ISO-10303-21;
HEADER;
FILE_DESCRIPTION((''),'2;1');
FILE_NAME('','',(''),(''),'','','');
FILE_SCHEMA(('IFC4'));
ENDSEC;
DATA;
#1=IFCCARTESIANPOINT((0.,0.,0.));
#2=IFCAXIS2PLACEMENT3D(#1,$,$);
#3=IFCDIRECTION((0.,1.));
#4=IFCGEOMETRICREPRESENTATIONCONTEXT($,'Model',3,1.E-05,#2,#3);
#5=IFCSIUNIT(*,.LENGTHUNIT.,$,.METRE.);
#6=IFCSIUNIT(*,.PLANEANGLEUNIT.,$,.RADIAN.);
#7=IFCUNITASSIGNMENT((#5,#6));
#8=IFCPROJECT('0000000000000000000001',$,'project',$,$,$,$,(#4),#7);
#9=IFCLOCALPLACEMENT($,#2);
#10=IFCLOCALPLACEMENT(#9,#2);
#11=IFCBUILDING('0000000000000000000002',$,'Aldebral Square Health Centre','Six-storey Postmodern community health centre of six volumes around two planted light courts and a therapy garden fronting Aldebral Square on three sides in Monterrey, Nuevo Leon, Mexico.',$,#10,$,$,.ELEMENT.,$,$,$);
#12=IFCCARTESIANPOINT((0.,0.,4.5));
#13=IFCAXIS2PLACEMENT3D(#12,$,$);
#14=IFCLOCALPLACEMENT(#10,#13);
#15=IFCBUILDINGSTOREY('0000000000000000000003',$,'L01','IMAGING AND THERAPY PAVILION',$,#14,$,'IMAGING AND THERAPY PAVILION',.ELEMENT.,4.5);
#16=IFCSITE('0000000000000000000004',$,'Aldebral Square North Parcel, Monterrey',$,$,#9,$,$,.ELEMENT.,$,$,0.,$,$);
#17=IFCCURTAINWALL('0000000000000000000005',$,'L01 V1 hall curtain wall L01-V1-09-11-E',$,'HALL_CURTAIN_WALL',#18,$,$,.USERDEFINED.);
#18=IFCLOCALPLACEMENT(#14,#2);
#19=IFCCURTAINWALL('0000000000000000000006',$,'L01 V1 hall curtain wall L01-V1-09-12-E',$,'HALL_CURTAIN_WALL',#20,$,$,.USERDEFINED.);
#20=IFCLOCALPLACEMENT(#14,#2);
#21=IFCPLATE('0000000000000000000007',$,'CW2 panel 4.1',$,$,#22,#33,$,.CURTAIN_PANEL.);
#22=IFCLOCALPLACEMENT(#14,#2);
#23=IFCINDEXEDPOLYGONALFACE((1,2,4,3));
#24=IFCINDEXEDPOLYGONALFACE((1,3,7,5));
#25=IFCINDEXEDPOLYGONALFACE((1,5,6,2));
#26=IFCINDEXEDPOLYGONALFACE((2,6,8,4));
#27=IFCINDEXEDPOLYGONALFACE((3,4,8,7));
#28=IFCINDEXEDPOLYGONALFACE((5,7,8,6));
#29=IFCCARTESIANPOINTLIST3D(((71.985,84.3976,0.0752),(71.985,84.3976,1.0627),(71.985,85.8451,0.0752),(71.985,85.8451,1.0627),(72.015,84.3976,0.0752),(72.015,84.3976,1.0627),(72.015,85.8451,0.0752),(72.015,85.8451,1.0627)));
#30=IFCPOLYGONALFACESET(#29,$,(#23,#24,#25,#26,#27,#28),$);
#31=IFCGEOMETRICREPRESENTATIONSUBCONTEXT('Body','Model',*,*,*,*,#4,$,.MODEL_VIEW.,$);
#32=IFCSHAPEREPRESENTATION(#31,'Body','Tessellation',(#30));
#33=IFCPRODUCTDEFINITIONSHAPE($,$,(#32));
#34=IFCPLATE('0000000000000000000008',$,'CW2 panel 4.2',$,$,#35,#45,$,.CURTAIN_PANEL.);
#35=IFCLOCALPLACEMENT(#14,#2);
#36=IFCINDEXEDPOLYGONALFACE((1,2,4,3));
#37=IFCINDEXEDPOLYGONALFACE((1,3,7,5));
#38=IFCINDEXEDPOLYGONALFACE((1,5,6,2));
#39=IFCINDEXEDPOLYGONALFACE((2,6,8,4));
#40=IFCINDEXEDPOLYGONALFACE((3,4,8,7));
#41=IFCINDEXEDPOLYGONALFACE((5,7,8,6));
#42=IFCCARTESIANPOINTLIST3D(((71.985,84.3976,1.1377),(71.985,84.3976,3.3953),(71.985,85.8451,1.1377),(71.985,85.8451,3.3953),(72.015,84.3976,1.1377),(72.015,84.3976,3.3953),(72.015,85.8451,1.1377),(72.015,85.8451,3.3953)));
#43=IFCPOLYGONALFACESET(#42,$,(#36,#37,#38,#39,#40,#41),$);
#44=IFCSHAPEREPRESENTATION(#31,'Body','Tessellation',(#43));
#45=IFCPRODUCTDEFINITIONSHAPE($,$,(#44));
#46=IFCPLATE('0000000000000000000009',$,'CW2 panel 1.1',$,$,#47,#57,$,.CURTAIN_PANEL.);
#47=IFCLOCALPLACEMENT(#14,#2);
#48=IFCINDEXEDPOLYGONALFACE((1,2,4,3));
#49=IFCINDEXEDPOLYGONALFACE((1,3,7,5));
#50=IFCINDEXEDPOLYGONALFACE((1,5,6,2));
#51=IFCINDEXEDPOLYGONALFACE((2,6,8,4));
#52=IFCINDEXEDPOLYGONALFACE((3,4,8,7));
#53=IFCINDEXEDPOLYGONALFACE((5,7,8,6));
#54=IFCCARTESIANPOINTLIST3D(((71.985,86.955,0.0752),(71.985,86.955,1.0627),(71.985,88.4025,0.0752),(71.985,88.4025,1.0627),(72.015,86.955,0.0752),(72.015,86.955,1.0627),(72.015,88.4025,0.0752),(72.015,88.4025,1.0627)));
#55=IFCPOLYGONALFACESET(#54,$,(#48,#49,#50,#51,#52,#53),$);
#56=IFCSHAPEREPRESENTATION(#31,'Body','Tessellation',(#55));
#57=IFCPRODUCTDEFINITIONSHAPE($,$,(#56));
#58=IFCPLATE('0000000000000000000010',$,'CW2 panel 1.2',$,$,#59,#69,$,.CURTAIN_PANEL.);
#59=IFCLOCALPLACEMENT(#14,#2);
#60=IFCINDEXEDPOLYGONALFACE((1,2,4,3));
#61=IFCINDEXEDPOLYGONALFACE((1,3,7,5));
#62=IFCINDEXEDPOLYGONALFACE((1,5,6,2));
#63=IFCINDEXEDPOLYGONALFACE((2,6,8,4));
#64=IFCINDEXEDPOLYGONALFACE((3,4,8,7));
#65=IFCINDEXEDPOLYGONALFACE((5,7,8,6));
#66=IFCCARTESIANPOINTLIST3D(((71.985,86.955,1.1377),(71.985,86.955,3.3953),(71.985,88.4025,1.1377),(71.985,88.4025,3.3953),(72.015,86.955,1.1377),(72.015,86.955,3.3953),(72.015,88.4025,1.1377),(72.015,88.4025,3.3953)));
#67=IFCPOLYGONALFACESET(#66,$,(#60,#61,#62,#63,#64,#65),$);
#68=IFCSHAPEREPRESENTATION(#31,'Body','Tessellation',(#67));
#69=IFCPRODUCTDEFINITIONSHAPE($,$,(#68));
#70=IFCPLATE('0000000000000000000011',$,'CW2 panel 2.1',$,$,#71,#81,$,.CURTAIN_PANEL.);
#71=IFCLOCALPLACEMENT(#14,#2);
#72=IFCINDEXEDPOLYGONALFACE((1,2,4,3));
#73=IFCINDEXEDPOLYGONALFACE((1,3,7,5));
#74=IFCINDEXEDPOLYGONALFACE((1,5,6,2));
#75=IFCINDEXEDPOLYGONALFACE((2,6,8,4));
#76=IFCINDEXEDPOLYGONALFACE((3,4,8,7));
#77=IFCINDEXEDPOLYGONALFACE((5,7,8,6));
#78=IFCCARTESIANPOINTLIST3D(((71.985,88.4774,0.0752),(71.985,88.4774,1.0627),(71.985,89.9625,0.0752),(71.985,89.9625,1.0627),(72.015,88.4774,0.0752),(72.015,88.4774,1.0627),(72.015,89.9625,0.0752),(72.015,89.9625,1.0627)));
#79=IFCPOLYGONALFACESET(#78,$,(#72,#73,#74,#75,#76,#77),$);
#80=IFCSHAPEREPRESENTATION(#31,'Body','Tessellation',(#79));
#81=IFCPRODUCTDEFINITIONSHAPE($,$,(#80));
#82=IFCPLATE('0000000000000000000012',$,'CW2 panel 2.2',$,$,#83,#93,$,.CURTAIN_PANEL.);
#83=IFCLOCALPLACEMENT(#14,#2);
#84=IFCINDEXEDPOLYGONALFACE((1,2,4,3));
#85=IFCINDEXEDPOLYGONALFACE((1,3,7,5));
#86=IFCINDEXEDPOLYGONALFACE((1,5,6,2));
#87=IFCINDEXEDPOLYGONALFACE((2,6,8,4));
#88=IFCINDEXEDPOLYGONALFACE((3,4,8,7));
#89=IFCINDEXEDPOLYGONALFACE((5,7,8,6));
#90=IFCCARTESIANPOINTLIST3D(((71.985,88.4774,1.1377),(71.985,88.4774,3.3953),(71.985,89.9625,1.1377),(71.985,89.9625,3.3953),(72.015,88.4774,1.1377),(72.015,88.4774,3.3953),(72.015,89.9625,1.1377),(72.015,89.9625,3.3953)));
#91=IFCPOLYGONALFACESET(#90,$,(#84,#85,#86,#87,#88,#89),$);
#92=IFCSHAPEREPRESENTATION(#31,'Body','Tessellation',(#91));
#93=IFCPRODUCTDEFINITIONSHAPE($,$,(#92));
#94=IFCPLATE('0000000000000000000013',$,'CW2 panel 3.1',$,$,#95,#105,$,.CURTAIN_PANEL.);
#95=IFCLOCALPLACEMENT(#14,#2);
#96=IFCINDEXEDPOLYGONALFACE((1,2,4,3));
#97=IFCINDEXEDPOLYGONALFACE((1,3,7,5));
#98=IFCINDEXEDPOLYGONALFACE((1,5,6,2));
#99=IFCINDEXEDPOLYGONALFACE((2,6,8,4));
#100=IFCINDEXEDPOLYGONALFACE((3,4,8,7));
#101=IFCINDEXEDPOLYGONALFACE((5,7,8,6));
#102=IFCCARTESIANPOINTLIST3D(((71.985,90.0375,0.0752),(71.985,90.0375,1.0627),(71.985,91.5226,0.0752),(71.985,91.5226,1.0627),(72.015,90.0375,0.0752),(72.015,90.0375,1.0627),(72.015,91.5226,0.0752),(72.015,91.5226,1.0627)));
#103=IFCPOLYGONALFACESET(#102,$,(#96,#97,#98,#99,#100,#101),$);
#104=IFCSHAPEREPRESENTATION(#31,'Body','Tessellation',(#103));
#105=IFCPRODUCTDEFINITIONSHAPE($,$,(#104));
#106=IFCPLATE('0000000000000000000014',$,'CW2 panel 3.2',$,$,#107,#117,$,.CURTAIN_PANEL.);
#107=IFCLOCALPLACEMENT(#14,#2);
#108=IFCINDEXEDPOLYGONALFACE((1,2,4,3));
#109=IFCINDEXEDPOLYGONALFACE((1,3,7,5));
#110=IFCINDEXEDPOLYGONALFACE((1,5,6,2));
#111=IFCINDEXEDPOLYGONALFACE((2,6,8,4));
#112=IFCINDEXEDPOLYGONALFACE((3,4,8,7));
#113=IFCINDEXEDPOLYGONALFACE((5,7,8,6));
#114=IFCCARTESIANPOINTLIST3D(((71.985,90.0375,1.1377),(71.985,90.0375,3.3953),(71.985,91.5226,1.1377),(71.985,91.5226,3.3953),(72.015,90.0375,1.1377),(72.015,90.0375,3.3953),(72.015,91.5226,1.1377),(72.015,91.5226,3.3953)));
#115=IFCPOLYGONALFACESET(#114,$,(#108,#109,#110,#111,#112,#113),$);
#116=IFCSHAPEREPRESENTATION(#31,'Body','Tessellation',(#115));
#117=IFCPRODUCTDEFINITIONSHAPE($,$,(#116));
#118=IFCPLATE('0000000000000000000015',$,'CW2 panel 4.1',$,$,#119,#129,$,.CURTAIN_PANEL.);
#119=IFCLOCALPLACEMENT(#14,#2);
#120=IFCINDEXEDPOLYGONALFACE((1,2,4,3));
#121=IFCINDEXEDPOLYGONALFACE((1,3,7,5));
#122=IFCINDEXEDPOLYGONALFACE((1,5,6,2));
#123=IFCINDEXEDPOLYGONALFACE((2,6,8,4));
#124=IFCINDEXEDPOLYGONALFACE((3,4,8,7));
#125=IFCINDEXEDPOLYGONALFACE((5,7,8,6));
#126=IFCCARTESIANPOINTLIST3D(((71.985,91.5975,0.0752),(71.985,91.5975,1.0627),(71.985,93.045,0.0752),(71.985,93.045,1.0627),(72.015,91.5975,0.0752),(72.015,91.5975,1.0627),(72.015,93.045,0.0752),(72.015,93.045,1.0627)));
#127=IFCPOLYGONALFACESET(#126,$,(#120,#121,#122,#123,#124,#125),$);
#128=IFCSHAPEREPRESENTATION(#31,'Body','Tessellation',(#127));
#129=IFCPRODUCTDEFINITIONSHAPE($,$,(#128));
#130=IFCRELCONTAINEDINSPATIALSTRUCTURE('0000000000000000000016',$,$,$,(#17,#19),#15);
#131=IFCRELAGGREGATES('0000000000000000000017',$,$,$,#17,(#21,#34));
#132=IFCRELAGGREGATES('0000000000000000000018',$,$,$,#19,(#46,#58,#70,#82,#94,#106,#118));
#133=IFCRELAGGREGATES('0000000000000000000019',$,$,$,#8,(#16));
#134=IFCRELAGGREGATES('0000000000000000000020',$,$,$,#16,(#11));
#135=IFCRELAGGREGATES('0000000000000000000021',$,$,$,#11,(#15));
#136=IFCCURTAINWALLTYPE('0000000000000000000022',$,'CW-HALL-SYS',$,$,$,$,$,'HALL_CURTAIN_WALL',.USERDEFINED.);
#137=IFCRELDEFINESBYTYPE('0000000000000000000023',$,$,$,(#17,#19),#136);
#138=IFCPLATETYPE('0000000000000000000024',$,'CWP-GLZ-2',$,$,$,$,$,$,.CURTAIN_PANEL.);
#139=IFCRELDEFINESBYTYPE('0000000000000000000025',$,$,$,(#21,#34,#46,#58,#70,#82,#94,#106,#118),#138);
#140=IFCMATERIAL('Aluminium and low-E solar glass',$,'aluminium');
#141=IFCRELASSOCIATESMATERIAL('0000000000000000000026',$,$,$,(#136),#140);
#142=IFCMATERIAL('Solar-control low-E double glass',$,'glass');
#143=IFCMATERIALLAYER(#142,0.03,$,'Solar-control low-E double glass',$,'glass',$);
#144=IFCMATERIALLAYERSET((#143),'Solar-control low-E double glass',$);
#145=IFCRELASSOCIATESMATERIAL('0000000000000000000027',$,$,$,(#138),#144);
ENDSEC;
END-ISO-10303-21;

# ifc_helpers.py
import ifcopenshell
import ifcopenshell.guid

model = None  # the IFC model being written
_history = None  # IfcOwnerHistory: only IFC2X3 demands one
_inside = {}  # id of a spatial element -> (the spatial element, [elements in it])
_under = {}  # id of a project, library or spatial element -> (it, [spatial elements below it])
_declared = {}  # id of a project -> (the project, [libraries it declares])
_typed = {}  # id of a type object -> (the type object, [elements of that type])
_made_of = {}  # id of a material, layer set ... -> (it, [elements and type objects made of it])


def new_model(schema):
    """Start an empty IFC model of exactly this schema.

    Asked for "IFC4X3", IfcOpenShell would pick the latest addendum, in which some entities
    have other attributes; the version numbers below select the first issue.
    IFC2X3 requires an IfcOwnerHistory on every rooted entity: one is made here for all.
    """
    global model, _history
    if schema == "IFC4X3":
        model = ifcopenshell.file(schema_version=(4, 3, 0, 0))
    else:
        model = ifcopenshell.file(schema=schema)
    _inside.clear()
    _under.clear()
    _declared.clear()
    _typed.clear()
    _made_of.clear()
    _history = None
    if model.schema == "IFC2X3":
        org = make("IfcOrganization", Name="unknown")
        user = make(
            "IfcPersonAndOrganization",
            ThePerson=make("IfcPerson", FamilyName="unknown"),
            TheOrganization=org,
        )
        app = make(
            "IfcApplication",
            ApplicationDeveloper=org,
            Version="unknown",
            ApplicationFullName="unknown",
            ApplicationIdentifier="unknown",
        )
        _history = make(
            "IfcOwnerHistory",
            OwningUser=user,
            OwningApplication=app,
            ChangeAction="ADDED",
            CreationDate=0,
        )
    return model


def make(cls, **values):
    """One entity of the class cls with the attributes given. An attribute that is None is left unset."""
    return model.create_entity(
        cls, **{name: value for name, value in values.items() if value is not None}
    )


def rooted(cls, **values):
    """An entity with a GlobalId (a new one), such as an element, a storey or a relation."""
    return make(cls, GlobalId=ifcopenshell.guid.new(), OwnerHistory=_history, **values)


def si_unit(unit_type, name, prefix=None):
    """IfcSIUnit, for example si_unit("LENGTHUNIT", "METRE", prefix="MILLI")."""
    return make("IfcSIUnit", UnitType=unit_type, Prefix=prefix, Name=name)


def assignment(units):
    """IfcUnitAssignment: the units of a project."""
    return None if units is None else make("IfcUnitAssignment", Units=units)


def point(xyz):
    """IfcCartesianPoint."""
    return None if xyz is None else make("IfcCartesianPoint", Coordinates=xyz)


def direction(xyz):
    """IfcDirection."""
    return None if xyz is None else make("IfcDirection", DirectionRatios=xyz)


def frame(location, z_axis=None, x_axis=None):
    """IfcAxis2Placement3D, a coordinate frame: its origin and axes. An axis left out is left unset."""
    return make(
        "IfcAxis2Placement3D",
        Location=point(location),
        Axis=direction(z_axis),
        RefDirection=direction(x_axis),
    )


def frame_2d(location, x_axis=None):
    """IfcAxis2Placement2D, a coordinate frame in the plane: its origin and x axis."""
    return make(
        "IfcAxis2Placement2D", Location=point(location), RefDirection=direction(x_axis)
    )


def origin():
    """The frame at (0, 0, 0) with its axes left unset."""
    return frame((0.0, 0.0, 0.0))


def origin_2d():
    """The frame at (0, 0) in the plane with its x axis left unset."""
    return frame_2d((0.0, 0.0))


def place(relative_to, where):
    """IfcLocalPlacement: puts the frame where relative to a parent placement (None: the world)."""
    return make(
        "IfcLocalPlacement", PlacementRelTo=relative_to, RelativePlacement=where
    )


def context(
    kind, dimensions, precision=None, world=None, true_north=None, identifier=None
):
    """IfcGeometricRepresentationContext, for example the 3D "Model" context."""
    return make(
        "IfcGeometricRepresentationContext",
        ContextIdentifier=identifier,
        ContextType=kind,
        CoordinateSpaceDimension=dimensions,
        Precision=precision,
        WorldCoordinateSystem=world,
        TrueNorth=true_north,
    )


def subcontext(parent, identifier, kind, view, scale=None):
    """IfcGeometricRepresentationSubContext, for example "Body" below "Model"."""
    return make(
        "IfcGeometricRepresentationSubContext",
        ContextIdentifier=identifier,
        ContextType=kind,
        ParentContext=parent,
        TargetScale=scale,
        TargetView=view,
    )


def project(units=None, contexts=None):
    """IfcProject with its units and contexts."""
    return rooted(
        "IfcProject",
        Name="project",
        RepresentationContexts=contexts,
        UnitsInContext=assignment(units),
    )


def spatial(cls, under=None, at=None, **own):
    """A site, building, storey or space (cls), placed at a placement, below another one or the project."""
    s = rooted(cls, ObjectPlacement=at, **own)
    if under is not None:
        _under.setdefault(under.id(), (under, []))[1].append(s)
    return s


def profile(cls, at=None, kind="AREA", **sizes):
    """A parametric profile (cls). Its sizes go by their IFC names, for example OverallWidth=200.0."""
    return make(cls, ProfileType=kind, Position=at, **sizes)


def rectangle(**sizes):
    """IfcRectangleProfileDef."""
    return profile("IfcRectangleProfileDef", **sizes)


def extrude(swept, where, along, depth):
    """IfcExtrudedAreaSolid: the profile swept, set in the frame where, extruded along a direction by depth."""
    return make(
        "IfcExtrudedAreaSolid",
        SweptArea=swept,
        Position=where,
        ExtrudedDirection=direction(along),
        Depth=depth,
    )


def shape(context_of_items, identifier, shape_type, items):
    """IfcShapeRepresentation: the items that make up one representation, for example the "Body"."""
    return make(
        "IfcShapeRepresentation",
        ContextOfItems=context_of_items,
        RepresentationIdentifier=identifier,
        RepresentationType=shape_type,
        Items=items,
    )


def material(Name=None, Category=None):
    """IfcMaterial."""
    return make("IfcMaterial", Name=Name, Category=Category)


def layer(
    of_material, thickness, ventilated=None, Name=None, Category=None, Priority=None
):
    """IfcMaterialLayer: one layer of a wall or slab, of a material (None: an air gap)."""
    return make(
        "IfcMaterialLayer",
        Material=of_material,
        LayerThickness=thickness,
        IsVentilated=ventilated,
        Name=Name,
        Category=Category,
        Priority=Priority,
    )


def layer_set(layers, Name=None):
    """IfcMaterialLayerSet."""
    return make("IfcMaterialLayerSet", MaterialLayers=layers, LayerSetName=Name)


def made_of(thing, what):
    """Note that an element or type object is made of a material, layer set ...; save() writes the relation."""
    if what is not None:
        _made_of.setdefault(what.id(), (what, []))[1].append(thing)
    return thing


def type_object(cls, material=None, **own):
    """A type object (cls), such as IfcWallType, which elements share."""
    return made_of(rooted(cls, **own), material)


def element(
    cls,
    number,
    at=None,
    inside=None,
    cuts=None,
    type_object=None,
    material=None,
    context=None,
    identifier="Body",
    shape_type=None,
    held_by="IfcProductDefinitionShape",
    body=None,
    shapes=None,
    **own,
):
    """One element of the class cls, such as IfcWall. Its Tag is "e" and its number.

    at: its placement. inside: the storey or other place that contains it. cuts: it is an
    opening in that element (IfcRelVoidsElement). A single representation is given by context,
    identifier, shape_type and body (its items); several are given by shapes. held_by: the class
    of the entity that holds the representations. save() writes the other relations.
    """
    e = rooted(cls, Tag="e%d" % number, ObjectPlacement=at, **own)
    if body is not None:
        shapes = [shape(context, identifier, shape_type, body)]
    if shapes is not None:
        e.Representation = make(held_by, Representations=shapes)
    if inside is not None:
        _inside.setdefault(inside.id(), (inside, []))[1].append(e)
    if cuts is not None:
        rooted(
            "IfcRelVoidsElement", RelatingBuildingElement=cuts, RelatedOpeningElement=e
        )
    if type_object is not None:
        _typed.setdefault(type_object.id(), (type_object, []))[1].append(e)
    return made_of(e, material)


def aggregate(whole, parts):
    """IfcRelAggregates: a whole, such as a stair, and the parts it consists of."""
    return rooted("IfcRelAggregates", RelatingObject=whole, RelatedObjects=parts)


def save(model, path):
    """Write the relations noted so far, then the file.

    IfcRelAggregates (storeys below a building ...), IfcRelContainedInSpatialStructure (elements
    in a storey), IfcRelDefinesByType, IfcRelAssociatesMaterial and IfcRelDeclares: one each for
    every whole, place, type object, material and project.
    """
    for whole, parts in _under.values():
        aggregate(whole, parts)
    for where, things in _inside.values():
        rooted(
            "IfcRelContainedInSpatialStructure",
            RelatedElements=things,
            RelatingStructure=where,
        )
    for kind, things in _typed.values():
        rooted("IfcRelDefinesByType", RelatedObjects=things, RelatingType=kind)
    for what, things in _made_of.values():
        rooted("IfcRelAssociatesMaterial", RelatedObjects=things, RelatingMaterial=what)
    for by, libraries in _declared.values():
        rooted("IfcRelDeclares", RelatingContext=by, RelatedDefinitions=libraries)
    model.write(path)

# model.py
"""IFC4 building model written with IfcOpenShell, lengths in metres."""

from ifc_helpers import new_model, si_unit, direction, frame, origin, origin_2d, place, context, subcontext, project, spatial, rectangle, extrude, material, layer, layer_set, type_object, element, aggregate, save


model = new_model("IFC4")

# Units and contexts
model_context = context("Model", 3, precision=1e-05, world=origin(), true_north=direction((0.0, 1.0)))
body_context = subcontext(model_context, "Body", "Model", "MODEL_VIEW")
ifc_project = project(units=[si_unit("LENGTHUNIT", "METRE"), si_unit("PLANEANGLEUNIT", "RADIAN")], contexts=[model_context])

# Site, building, storey
site_placement = place(None, origin())
site = spatial("IfcSite", under=ifc_project, at=site_placement, Name="Aldebral Square North Parcel, Monterrey", CompositionType="ELEMENT", RefElevation=0.0)
building_placement = place(site_placement, origin())
building = spatial("IfcBuilding", under=site, at=building_placement, Name="Aldebral Square Health Centre", Description="Six-storey Postmodern community health centre of six volumes around two planted light courts and a therapy garden fronting Aldebral Square on three sides in Monterrey, Nuevo Leon, Mexico.", CompositionType="ELEMENT")
storey_placement = place(building_placement, frame((0.0, 0.0, 4.5)))
storey = spatial("IfcBuildingStorey", under=building, at=storey_placement, Name="L01", Description="IMAGING AND THERAPY PAVILION", LongName="IMAGING AND THERAPY PAVILION", CompositionType="ELEMENT", Elevation=4.5)

# Curtain walls
ifc_material_1 = material(Name="Aluminium and low-E solar glass", Category="aluminium")
curtain_wall_type = type_object("IfcCurtainWallType", Name="CW-HALL-SYS", ElementType="HALL_CURTAIN_WALL", PredefinedType="USERDEFINED", material=ifc_material_1)
curtain_wall_1_placement = place(storey_placement, origin())
curtain_wall_1 = element("IfcCurtainWall", 1, at=curtain_wall_1_placement, inside=storey, type_object=curtain_wall_type, Name="L01 V1 hall curtain wall L01-V1-09-11-E", ObjectType="HALL_CURTAIN_WALL", PredefinedType="USERDEFINED")
curtain_wall_2_placement = place(storey_placement, origin())
curtain_wall_2 = element("IfcCurtainWall", 2, at=curtain_wall_2_placement, inside=storey, type_object=curtain_wall_type, Name="L01 V1 hall curtain wall L01-V1-09-12-E", ObjectType="HALL_CURTAIN_WALL", PredefinedType="USERDEFINED")

# Plates
ifc_material_2 = material(Name="Solar-control low-E double glass", Category="glass")
ifc_layer = layer(ifc_material_2, 0.03, Name="Solar-control low-E double glass", Category="glass")
ifc_layer_set = layer_set([ifc_layer], Name="Solar-control low-E double glass")
plate_type = type_object("IfcPlateType", Name="CWP-GLZ-2", PredefinedType="CURTAIN_PANEL", material=ifc_layer_set)
plate_1_placement = place(storey_placement, frame((72.0, 85.1213, 0.0752), z_axis=(0.0, 0.0, 1.0), x_axis=(0.0, 1.0, 0.0)))
plate_1 = element("IfcPlate", 3, at=plate_1_placement, type_object=plate_type, Name="CW2 panel 4.1", PredefinedType="CURTAIN_PANEL", context=body_context, shape_type="SweptSolid", body=[
    extrude(rectangle(XDim=1.4475, YDim=0.03, at=origin_2d()), origin(), (0.0, 0.0, 1.0), 0.9875),
])
plate_2_placement = place(storey_placement, frame((72.0, 85.1213, 1.1377), z_axis=(0.0, 0.0, 1.0), x_axis=(0.0, 1.0, 0.0)))
plate_2 = element("IfcPlate", 4, at=plate_2_placement, type_object=plate_type, Name="CW2 panel 4.2", PredefinedType="CURTAIN_PANEL", context=body_context, shape_type="SweptSolid", body=[
    extrude(rectangle(XDim=1.4475, YDim=0.03, at=origin_2d()), origin(), (0.0, 0.0, 1.0), 2.2576),
])
aggregate(curtain_wall_1, [plate_1, plate_2])
plate_3_placement = place(storey_placement, frame((72.0, 87.6787, 0.0752), z_axis=(0.0, 0.0, 1.0), x_axis=(0.0, 1.0, 0.0)))
plate_3 = element("IfcPlate", 5, at=plate_3_placement, type_object=plate_type, Name="CW2 panel 1.1", PredefinedType="CURTAIN_PANEL", context=body_context, shape_type="SweptSolid", body=[
    extrude(rectangle(XDim=1.4475, YDim=0.03, at=origin_2d()), origin(), (0.0, 0.0, 1.0), 0.9875),
])
plate_4_placement = place(storey_placement, frame((72.0, 87.6787, 1.1377), z_axis=(0.0, 0.0, 1.0), x_axis=(0.0, 1.0, 0.0)))
plate_4 = element("IfcPlate", 6, at=plate_4_placement, type_object=plate_type, Name="CW2 panel 1.2", PredefinedType="CURTAIN_PANEL", context=body_context, shape_type="SweptSolid", body=[
    extrude(rectangle(XDim=1.4475, YDim=0.03, at=origin_2d()), origin(), (0.0, 0.0, 1.0), 2.2576),
])
plate_5_placement = place(storey_placement, frame((72.0, 89.22, 0.0752), z_axis=(0.0, 0.0, 1.0), x_axis=(0.0, 1.0, 0.0)))
plate_5 = element("IfcPlate", 7, at=plate_5_placement, type_object=plate_type, Name="CW2 panel 2.1", PredefinedType="CURTAIN_PANEL", context=body_context, shape_type="SweptSolid", body=[
    extrude(rectangle(XDim=1.4851, YDim=0.03, at=origin_2d()), origin(), (0.0, 0.0, 1.0), 0.9875),
])
plate_6_placement = place(storey_placement, frame((72.0, 89.22, 1.1377), z_axis=(0.0, 0.0, 1.0), x_axis=(0.0, 1.0, 0.0)))
plate_6 = element("IfcPlate", 8, at=plate_6_placement, type_object=plate_type, Name="CW2 panel 2.2", PredefinedType="CURTAIN_PANEL", context=body_context, shape_type="SweptSolid", body=[
    extrude(rectangle(XDim=1.4851, YDim=0.03, at=origin_2d()), origin(), (0.0, 0.0, 1.0), 2.2576),
])
plate_7_placement = place(storey_placement, frame((72.0, 90.78, 0.0752), z_axis=(0.0, 0.0, 1.0), x_axis=(0.0, 1.0, 0.0)))
plate_7 = element("IfcPlate", 9, at=plate_7_placement, type_object=plate_type, Name="CW2 panel 3.1", PredefinedType="CURTAIN_PANEL", context=body_context, shape_type="SweptSolid", body=[
    extrude(rectangle(XDim=1.4851, YDim=0.03, at=origin_2d()), origin(), (0.0, 0.0, 1.0), 0.9875),
])
plate_8_placement = place(storey_placement, frame((72.0, 90.78, 1.1377), z_axis=(0.0, 0.0, 1.0), x_axis=(0.0, 1.0, 0.0)))
plate_8 = element("IfcPlate", 10, at=plate_8_placement, type_object=plate_type, Name="CW2 panel 3.2", PredefinedType="CURTAIN_PANEL", context=body_context, shape_type="SweptSolid", body=[
    extrude(rectangle(XDim=1.4851, YDim=0.03, at=origin_2d()), origin(), (0.0, 0.0, 1.0), 2.2576),
])
plate_9_placement = place(storey_placement, frame((72.0, 92.3213, 0.0752), z_axis=(0.0, 0.0, 1.0), x_axis=(0.0, 1.0, 0.0)))
plate_9 = element("IfcPlate", 11, at=plate_9_placement, type_object=plate_type, Name="CW2 panel 4.1", PredefinedType="CURTAIN_PANEL", context=body_context, shape_type="SweptSolid", body=[
    extrude(rectangle(XDim=1.4475, YDim=0.03, at=origin_2d()), origin(), (0.0, 0.0, 1.0), 0.9875),
])
aggregate(curtain_wall_2, [plate_3, plate_4, plate_5, plate_6, plate_7, plate_8, plate_9])

save(model, "model.ifc")
